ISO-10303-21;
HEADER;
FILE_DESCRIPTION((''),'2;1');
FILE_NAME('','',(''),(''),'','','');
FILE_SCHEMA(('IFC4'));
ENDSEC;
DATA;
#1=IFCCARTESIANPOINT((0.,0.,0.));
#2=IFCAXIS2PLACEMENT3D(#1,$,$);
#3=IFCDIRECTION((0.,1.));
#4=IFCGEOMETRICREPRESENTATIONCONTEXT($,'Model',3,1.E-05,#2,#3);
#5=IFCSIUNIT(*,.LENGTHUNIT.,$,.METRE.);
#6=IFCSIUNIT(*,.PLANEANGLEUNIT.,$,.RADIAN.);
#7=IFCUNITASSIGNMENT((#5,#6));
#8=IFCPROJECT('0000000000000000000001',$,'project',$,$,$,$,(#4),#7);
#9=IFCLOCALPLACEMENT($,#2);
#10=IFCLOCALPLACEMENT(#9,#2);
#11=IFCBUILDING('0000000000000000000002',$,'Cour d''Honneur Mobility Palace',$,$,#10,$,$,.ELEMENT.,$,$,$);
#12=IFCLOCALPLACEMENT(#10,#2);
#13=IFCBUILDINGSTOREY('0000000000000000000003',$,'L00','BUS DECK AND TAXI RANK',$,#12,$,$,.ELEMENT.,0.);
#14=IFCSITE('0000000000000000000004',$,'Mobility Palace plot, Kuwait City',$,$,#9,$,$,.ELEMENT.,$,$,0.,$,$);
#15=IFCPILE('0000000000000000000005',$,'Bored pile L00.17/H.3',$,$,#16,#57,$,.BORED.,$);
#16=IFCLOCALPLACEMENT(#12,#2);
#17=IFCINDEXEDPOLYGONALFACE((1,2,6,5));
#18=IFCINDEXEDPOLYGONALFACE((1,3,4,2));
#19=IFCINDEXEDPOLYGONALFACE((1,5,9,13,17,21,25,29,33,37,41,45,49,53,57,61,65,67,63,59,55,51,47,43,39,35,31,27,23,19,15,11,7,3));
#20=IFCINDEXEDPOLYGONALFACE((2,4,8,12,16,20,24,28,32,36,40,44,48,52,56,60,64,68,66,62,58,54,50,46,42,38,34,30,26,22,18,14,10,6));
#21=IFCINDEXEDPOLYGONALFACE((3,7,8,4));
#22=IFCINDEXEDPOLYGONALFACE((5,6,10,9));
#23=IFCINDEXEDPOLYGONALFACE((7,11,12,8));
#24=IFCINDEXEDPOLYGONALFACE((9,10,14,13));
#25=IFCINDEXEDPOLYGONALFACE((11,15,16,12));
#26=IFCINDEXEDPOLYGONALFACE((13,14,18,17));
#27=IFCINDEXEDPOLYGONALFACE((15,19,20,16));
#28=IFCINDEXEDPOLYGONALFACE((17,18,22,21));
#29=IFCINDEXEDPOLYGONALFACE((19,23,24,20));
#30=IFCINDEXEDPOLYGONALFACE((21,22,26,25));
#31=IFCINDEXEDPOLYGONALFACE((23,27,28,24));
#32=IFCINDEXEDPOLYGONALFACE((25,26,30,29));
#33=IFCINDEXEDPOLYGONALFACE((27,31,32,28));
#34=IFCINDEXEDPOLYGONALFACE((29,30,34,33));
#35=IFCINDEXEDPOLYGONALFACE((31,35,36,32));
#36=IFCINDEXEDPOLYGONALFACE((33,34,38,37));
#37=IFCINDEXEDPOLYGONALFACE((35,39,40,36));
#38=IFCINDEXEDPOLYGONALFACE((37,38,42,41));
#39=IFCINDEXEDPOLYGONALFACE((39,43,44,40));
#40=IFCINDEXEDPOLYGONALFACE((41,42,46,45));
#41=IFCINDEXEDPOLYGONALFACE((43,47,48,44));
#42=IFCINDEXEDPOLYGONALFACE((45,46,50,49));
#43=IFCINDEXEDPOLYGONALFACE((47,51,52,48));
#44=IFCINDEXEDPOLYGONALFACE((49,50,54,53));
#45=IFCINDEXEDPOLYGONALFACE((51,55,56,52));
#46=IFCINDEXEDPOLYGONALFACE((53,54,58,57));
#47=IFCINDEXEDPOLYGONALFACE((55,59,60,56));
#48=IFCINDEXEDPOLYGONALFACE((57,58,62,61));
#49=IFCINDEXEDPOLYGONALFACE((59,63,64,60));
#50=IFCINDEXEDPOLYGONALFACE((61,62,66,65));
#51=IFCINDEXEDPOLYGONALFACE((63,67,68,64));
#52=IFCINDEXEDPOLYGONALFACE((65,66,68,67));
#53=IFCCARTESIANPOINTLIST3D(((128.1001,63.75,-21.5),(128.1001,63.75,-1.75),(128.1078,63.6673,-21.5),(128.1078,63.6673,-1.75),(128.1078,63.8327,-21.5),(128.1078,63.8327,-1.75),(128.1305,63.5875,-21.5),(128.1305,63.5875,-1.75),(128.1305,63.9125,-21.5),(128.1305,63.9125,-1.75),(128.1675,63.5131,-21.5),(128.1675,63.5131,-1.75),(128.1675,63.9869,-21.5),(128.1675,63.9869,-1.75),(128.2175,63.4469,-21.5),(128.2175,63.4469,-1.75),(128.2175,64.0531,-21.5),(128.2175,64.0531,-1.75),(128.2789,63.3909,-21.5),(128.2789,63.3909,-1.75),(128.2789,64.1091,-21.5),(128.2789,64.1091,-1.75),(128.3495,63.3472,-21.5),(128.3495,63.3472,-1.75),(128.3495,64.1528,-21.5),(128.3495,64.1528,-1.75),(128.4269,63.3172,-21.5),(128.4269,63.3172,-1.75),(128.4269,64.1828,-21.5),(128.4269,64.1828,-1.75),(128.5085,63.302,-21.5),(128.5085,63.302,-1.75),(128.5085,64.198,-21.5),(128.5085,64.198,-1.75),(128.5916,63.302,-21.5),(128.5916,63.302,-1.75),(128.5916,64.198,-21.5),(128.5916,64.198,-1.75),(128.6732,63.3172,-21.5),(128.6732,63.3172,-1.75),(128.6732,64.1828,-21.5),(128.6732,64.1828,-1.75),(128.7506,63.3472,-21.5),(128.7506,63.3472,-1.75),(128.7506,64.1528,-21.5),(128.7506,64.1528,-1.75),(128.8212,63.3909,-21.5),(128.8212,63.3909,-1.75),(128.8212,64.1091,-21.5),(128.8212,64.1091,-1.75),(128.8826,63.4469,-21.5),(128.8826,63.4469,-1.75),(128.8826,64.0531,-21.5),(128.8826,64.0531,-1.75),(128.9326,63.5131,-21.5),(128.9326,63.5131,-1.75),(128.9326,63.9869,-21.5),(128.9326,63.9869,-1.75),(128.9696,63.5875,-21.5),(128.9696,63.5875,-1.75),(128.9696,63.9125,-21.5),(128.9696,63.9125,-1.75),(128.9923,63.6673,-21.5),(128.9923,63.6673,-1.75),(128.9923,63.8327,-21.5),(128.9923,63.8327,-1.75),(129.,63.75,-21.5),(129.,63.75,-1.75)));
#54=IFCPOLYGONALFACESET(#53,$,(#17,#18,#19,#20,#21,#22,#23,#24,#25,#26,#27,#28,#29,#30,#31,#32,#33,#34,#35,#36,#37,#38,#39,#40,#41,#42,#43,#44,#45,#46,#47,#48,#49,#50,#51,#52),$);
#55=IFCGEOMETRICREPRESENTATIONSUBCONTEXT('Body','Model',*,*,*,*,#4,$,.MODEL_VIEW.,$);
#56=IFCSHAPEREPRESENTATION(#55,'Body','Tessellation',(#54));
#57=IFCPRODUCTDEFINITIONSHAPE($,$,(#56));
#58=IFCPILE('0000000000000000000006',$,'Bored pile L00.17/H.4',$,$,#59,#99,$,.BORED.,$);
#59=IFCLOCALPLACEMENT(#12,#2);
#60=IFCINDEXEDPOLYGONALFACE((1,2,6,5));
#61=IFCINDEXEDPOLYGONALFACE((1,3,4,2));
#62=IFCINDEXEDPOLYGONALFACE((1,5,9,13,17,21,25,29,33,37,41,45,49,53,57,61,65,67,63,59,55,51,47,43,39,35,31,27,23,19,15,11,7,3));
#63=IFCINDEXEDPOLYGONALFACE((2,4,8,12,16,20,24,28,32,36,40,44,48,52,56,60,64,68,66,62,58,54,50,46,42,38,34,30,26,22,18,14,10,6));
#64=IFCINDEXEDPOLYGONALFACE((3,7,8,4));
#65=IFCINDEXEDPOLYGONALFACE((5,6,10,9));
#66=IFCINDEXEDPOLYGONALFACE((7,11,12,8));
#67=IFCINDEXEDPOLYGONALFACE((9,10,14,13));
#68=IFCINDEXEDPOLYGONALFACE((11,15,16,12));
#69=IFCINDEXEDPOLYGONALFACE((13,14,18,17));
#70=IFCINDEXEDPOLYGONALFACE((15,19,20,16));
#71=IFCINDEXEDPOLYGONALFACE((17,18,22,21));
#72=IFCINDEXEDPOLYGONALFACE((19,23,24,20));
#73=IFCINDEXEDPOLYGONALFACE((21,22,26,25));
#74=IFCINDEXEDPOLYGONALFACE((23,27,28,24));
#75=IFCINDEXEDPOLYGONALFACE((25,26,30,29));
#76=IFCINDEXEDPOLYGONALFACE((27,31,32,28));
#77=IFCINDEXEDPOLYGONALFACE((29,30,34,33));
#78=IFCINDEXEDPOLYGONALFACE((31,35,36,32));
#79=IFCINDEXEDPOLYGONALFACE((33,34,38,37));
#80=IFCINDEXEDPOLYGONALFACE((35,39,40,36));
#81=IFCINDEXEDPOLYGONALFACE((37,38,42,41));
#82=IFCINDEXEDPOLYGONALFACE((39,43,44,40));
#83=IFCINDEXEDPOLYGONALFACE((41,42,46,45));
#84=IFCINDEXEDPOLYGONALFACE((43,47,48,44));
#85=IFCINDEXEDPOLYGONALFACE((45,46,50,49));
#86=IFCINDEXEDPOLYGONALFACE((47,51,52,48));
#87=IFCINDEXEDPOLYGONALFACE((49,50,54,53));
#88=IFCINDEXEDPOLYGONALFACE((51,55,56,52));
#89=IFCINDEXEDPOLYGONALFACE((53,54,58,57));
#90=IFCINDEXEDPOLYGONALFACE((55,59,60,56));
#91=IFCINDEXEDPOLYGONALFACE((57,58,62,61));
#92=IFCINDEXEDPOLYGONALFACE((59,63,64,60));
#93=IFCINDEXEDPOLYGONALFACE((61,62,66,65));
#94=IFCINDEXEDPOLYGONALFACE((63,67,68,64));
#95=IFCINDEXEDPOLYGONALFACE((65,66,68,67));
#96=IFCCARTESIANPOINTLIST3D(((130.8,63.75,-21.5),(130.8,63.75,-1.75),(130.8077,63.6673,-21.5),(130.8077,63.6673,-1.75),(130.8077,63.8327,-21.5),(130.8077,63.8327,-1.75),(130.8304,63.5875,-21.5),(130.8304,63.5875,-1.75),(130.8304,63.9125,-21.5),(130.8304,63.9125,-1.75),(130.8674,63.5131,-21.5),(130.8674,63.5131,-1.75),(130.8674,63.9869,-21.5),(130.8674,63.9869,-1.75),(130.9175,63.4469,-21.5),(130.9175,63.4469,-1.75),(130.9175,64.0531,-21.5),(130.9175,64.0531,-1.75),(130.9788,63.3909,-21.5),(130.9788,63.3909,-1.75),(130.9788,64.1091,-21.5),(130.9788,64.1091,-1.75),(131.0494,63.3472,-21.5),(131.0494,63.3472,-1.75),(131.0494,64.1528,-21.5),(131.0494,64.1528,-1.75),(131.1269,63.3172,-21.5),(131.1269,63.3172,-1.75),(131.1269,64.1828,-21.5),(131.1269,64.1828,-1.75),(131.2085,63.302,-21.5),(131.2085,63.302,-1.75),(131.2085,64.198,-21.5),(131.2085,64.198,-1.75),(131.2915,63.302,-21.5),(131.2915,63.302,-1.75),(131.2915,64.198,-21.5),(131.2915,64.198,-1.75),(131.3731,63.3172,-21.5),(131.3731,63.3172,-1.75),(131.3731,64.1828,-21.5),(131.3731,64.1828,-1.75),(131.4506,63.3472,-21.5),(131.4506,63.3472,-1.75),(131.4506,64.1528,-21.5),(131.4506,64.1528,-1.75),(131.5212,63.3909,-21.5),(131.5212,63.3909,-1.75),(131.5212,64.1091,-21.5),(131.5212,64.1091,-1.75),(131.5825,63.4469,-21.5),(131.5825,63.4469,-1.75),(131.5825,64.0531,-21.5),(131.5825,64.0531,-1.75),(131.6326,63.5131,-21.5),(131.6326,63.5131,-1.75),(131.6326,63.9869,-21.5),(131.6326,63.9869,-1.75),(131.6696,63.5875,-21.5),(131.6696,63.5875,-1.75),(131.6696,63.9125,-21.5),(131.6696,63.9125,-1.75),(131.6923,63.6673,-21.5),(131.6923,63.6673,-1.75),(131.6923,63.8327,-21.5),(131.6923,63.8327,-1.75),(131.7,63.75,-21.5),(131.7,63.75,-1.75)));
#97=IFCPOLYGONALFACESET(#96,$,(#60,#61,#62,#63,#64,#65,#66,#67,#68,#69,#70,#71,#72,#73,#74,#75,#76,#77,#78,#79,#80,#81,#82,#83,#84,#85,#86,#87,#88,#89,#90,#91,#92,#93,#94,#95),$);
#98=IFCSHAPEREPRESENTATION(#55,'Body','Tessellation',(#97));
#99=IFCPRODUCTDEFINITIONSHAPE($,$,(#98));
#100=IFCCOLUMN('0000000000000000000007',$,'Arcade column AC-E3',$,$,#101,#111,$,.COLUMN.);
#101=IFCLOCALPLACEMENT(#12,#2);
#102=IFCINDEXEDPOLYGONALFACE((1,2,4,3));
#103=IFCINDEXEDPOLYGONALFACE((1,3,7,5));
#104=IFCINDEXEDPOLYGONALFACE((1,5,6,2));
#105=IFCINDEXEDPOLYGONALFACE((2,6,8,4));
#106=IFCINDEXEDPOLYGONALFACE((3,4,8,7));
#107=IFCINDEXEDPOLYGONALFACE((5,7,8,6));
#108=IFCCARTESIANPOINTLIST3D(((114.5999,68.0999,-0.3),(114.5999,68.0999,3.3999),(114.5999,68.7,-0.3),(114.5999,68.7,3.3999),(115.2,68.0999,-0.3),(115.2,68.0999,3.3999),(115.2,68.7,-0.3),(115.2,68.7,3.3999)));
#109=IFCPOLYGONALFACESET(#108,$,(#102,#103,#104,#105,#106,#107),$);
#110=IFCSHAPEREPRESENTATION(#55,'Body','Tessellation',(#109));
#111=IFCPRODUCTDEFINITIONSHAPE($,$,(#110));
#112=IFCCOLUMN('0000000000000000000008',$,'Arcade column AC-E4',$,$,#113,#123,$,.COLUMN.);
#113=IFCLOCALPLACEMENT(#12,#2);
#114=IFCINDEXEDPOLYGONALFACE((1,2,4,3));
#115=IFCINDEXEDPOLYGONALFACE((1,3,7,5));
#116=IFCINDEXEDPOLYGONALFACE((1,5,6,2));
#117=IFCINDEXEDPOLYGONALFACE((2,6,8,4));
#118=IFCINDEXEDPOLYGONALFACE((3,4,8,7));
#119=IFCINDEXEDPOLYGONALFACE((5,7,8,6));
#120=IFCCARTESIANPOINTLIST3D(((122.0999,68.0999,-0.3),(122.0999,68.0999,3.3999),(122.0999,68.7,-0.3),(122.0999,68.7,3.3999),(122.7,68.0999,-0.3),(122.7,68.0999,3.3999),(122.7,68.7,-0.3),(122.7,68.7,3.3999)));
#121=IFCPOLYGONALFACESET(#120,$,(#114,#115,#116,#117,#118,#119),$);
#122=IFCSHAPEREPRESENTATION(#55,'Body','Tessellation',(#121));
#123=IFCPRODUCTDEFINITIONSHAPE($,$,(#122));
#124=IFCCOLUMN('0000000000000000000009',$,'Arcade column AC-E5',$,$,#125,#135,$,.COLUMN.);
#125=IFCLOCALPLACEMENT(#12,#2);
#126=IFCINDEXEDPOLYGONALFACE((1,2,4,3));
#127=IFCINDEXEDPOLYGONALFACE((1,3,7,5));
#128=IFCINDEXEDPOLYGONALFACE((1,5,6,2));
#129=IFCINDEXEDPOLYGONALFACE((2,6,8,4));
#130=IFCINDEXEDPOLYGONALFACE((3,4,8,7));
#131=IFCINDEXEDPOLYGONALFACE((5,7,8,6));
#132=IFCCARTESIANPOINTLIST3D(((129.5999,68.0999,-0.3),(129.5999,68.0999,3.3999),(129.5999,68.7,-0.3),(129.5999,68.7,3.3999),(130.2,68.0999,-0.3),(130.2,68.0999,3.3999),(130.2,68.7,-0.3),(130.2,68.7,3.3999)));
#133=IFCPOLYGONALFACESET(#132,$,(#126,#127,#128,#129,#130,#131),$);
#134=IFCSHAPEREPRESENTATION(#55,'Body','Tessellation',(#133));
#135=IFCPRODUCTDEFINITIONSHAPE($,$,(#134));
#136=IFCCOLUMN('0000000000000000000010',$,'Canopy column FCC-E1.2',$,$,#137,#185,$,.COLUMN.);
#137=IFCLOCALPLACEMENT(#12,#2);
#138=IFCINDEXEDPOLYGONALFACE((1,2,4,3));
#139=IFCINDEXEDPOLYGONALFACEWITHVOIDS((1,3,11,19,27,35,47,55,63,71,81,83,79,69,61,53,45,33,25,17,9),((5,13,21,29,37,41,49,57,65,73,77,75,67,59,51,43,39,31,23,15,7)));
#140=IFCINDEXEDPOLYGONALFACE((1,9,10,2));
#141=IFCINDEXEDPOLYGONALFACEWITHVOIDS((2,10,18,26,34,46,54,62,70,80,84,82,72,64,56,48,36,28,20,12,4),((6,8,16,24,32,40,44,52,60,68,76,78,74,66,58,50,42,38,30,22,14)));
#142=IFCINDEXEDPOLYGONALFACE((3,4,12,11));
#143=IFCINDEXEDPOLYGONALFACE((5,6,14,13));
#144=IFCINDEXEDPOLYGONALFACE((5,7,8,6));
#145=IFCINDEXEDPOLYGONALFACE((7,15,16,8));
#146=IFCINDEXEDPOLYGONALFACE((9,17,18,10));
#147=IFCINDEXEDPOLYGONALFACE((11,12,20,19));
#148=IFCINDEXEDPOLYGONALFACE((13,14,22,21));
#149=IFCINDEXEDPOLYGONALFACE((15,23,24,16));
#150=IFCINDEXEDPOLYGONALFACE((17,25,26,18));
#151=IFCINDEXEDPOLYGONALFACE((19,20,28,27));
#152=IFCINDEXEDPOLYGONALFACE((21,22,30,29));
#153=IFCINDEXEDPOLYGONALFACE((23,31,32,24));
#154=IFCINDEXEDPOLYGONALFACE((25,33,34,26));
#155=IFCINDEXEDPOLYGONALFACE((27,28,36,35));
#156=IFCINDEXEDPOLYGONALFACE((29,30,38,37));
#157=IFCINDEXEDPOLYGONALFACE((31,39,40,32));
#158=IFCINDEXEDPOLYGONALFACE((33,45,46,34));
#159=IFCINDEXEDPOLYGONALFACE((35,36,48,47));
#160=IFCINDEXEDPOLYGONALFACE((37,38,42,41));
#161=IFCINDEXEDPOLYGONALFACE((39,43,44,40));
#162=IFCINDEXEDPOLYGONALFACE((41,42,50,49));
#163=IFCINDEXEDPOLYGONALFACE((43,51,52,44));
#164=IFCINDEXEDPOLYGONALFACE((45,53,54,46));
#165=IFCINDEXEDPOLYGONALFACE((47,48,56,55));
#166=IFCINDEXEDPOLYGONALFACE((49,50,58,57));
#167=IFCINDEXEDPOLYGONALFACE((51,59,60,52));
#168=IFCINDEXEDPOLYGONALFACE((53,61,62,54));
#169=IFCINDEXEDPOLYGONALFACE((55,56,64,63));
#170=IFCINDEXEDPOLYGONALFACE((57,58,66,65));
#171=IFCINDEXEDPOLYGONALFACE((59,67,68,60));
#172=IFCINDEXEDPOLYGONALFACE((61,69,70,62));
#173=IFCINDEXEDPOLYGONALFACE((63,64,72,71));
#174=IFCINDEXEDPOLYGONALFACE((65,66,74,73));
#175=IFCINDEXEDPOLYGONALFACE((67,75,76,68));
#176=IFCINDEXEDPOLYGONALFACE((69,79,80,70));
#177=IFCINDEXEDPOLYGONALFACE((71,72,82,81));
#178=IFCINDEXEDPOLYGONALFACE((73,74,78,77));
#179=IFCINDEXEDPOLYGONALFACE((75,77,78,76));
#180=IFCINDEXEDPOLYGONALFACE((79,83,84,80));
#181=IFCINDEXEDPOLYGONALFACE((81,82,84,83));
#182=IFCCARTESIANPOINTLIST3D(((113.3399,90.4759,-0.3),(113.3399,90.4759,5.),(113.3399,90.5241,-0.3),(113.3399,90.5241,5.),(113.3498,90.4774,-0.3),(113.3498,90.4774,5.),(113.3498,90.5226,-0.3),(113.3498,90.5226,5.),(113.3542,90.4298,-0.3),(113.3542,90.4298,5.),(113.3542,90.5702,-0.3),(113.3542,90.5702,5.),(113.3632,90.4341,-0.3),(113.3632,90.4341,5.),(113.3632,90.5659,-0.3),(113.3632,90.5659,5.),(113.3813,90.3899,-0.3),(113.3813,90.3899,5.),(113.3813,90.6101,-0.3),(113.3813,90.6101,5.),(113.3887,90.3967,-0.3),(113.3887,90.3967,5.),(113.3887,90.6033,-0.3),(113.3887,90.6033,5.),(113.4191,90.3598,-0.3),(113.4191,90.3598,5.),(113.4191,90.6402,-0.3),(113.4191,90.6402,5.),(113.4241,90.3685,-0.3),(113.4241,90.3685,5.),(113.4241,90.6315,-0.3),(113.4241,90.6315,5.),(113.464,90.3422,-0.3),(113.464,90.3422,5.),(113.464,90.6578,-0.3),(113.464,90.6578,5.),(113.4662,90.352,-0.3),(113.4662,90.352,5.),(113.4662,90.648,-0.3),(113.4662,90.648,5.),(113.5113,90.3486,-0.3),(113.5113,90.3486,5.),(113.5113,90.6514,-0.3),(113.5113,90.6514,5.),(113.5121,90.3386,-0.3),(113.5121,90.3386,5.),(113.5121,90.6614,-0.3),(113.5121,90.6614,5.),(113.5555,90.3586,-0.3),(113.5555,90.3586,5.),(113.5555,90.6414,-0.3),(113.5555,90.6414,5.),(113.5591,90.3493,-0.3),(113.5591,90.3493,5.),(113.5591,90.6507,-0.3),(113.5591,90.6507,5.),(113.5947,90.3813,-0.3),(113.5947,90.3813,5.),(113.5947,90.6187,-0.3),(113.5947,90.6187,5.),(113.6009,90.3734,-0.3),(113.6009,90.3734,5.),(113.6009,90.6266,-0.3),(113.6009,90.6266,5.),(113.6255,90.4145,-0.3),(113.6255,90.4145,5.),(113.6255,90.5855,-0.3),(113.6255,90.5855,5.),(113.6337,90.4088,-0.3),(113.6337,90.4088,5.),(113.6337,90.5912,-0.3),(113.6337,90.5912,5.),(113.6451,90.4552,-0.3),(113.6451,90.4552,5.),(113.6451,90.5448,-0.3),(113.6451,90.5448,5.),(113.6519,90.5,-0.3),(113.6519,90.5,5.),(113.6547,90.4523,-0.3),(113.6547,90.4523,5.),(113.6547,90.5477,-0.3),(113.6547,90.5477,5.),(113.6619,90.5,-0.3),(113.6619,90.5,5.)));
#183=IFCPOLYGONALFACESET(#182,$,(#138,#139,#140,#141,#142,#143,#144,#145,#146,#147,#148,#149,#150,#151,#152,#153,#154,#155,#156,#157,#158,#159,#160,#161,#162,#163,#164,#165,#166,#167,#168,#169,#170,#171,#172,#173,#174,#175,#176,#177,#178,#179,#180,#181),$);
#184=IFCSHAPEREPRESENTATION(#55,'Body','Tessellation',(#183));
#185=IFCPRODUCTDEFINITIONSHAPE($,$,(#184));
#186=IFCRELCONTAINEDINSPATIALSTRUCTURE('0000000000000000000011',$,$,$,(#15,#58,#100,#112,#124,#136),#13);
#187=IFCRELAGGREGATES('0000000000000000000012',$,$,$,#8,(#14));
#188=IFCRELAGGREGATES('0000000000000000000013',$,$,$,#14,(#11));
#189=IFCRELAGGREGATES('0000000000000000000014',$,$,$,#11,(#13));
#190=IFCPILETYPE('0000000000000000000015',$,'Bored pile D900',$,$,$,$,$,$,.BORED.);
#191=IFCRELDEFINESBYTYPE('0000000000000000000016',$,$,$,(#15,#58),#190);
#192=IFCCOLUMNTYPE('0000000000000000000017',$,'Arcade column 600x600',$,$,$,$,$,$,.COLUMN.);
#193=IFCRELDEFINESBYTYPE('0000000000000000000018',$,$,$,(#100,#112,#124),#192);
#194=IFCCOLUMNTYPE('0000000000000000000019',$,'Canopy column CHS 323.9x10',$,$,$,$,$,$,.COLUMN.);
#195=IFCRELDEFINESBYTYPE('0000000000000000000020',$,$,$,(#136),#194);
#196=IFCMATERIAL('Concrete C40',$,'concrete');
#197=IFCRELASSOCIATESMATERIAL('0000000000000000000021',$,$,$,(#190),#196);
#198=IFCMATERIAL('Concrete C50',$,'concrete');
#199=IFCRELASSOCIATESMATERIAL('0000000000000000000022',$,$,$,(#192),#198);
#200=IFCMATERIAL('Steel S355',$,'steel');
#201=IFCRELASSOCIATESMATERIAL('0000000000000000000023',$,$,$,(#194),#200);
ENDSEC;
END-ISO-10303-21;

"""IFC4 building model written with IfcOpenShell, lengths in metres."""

from ifc_helpers import new_model, si_unit, direction, frame, origin, origin_2d, place, context, subcontext, project, spatial, rectangle, circle, hollow_circle, extrude, material, material_profile, profile_set, type_object, element, save


model = new_model("IFC4")

# Units and contexts
model_context = context("Model", 3, precision=1e-05, world=origin(), true_north=direction((0.0, 1.0)))
body_context = subcontext(model_context, "Body", "Model", "MODEL_VIEW")
ifc_project = project(units=[si_unit("LENGTHUNIT", "METRE"), si_unit("PLANEANGLEUNIT", "RADIAN")], contexts=[model_context])

# Site, building, storey
site_placement = place(None, origin())
site = spatial("IfcSite", under=ifc_project, at=site_placement, Name="Mobility Palace plot, Kuwait City", CompositionType="ELEMENT", RefElevation=0.0)
building_placement = place(site_placement, origin())
building = spatial("IfcBuilding", under=site, at=building_placement, Name="Cour d'Honneur Mobility Palace", CompositionType="ELEMENT")
storey_placement = place(building_placement, origin())
storey = spatial("IfcBuildingStorey", under=building, at=storey_placement, Name="L00", Description="BUS DECK AND TAXI RANK", CompositionType="ELEMENT", Elevation=0.0)

# Piles
ifc_material_1 = material(Name="Concrete C40", Category="concrete")
ifc_material_profile_1 = material_profile(ifc_material_1, circle(Radius=0.45, at=origin_2d()), Name="Bored pile D900")
ifc_profile_set_1 = profile_set([ifc_material_profile_1], Name="Concrete C40")
pile_type = type_object("IfcPileType", Name="Bored pile D900", PredefinedType="BORED", material=ifc_profile_set_1)
for number, where, z_axis, x_axis, name in (
    (1, (128.55, 63.75, -1.75), (0.0, 0.0, -1.0), (1.0, 0.0, 0.0), "Bored pile L00.17/H.3"),
    (2, (131.25, 63.75, -1.75), (0.0, 0.0, -1.0), (1.0, 0.0, 0.0), "Bored pile L00.17/H.4"),
):
    element("IfcPile", number, at=place(storey_placement, frame(where, z_axis=z_axis, x_axis=x_axis)), inside=storey, type_object=pile_type, Name=name, PredefinedType="BORED", context=body_context, shape_type="SweptSolid", body=[
        extrude(circle(Radius=0.45, at=origin_2d()), origin(), (0.0, 0.0, 1.0), 19.75),
    ])

# Columns
ifc_material_2 = material(Name="Concrete C50", Category="concrete")
ifc_material_profile_2 = material_profile(ifc_material_2, rectangle(XDim=0.6001, YDim=0.6001, at=origin_2d()), Name="Arcade column 600x600")
ifc_profile_set_2 = profile_set([ifc_material_profile_2], Name="Concrete C50")
column_type_1 = type_object("IfcColumnType", Name="Arcade column 600x600", PredefinedType="COLUMN", material=ifc_profile_set_2)
for number, where, z_axis, x_axis, name in (
    (3, (114.8999, 68.3999, -0.3), (0.0, 0.0, 1.0), (1.0, 0.0, 0.0), "Arcade column AC-E3"),
    (4, (122.3999, 68.3999, -0.3), (0.0, 0.0, 1.0), (1.0, 0.0, 0.0), "Arcade column AC-E4"),
    (5, (129.8999, 68.3999, -0.3), (0.0, 0.0, 1.0), (1.0, 0.0, 0.0), "Arcade column AC-E5"),
):
    element("IfcColumn", number, at=place(storey_placement, frame(where, z_axis=z_axis, x_axis=x_axis)), inside=storey, type_object=column_type_1, Name=name, PredefinedType="COLUMN", context=body_context, shape_type="SweptSolid", body=[
        extrude(rectangle(XDim=0.6001, YDim=0.6001, at=origin_2d()), origin(), (0.0, 0.0, 1.0), 3.7),
    ])
ifc_material_3 = material(Name="Steel S355", Category="steel")
ifc_material_profile_3 = material_profile(ifc_material_3, hollow_circle(Radius=0.1619, WallThickness=0.01, at=origin_2d()), Name="CHS 323.9x10")
ifc_profile_set_3 = profile_set([ifc_material_profile_3], Name="Steel S355")
column_type_2 = type_object("IfcColumnType", Name="Canopy column CHS 323.9x10", PredefinedType="COLUMN", material=ifc_profile_set_3)
for number, where, z_axis, x_axis, name in (
    (6, (113.5, 90.5, -0.3), (0.0, 0.0, 1.0), (1.0, 0.0, 0.0), "Canopy column FCC-E1.2"),
):
    element("IfcColumn", number, at=place(storey_placement, frame(where, z_axis=z_axis, x_axis=x_axis)), inside=storey, type_object=column_type_2, Name=name, PredefinedType="COLUMN", context=body_context, shape_type="SweptSolid", body=[
        extrude(hollow_circle(Radius=0.1619, WallThickness=0.01, at=origin_2d()), origin(), (0.0, 0.0, 1.0), 5.3),
    ])

save(model, "model.ifc")
